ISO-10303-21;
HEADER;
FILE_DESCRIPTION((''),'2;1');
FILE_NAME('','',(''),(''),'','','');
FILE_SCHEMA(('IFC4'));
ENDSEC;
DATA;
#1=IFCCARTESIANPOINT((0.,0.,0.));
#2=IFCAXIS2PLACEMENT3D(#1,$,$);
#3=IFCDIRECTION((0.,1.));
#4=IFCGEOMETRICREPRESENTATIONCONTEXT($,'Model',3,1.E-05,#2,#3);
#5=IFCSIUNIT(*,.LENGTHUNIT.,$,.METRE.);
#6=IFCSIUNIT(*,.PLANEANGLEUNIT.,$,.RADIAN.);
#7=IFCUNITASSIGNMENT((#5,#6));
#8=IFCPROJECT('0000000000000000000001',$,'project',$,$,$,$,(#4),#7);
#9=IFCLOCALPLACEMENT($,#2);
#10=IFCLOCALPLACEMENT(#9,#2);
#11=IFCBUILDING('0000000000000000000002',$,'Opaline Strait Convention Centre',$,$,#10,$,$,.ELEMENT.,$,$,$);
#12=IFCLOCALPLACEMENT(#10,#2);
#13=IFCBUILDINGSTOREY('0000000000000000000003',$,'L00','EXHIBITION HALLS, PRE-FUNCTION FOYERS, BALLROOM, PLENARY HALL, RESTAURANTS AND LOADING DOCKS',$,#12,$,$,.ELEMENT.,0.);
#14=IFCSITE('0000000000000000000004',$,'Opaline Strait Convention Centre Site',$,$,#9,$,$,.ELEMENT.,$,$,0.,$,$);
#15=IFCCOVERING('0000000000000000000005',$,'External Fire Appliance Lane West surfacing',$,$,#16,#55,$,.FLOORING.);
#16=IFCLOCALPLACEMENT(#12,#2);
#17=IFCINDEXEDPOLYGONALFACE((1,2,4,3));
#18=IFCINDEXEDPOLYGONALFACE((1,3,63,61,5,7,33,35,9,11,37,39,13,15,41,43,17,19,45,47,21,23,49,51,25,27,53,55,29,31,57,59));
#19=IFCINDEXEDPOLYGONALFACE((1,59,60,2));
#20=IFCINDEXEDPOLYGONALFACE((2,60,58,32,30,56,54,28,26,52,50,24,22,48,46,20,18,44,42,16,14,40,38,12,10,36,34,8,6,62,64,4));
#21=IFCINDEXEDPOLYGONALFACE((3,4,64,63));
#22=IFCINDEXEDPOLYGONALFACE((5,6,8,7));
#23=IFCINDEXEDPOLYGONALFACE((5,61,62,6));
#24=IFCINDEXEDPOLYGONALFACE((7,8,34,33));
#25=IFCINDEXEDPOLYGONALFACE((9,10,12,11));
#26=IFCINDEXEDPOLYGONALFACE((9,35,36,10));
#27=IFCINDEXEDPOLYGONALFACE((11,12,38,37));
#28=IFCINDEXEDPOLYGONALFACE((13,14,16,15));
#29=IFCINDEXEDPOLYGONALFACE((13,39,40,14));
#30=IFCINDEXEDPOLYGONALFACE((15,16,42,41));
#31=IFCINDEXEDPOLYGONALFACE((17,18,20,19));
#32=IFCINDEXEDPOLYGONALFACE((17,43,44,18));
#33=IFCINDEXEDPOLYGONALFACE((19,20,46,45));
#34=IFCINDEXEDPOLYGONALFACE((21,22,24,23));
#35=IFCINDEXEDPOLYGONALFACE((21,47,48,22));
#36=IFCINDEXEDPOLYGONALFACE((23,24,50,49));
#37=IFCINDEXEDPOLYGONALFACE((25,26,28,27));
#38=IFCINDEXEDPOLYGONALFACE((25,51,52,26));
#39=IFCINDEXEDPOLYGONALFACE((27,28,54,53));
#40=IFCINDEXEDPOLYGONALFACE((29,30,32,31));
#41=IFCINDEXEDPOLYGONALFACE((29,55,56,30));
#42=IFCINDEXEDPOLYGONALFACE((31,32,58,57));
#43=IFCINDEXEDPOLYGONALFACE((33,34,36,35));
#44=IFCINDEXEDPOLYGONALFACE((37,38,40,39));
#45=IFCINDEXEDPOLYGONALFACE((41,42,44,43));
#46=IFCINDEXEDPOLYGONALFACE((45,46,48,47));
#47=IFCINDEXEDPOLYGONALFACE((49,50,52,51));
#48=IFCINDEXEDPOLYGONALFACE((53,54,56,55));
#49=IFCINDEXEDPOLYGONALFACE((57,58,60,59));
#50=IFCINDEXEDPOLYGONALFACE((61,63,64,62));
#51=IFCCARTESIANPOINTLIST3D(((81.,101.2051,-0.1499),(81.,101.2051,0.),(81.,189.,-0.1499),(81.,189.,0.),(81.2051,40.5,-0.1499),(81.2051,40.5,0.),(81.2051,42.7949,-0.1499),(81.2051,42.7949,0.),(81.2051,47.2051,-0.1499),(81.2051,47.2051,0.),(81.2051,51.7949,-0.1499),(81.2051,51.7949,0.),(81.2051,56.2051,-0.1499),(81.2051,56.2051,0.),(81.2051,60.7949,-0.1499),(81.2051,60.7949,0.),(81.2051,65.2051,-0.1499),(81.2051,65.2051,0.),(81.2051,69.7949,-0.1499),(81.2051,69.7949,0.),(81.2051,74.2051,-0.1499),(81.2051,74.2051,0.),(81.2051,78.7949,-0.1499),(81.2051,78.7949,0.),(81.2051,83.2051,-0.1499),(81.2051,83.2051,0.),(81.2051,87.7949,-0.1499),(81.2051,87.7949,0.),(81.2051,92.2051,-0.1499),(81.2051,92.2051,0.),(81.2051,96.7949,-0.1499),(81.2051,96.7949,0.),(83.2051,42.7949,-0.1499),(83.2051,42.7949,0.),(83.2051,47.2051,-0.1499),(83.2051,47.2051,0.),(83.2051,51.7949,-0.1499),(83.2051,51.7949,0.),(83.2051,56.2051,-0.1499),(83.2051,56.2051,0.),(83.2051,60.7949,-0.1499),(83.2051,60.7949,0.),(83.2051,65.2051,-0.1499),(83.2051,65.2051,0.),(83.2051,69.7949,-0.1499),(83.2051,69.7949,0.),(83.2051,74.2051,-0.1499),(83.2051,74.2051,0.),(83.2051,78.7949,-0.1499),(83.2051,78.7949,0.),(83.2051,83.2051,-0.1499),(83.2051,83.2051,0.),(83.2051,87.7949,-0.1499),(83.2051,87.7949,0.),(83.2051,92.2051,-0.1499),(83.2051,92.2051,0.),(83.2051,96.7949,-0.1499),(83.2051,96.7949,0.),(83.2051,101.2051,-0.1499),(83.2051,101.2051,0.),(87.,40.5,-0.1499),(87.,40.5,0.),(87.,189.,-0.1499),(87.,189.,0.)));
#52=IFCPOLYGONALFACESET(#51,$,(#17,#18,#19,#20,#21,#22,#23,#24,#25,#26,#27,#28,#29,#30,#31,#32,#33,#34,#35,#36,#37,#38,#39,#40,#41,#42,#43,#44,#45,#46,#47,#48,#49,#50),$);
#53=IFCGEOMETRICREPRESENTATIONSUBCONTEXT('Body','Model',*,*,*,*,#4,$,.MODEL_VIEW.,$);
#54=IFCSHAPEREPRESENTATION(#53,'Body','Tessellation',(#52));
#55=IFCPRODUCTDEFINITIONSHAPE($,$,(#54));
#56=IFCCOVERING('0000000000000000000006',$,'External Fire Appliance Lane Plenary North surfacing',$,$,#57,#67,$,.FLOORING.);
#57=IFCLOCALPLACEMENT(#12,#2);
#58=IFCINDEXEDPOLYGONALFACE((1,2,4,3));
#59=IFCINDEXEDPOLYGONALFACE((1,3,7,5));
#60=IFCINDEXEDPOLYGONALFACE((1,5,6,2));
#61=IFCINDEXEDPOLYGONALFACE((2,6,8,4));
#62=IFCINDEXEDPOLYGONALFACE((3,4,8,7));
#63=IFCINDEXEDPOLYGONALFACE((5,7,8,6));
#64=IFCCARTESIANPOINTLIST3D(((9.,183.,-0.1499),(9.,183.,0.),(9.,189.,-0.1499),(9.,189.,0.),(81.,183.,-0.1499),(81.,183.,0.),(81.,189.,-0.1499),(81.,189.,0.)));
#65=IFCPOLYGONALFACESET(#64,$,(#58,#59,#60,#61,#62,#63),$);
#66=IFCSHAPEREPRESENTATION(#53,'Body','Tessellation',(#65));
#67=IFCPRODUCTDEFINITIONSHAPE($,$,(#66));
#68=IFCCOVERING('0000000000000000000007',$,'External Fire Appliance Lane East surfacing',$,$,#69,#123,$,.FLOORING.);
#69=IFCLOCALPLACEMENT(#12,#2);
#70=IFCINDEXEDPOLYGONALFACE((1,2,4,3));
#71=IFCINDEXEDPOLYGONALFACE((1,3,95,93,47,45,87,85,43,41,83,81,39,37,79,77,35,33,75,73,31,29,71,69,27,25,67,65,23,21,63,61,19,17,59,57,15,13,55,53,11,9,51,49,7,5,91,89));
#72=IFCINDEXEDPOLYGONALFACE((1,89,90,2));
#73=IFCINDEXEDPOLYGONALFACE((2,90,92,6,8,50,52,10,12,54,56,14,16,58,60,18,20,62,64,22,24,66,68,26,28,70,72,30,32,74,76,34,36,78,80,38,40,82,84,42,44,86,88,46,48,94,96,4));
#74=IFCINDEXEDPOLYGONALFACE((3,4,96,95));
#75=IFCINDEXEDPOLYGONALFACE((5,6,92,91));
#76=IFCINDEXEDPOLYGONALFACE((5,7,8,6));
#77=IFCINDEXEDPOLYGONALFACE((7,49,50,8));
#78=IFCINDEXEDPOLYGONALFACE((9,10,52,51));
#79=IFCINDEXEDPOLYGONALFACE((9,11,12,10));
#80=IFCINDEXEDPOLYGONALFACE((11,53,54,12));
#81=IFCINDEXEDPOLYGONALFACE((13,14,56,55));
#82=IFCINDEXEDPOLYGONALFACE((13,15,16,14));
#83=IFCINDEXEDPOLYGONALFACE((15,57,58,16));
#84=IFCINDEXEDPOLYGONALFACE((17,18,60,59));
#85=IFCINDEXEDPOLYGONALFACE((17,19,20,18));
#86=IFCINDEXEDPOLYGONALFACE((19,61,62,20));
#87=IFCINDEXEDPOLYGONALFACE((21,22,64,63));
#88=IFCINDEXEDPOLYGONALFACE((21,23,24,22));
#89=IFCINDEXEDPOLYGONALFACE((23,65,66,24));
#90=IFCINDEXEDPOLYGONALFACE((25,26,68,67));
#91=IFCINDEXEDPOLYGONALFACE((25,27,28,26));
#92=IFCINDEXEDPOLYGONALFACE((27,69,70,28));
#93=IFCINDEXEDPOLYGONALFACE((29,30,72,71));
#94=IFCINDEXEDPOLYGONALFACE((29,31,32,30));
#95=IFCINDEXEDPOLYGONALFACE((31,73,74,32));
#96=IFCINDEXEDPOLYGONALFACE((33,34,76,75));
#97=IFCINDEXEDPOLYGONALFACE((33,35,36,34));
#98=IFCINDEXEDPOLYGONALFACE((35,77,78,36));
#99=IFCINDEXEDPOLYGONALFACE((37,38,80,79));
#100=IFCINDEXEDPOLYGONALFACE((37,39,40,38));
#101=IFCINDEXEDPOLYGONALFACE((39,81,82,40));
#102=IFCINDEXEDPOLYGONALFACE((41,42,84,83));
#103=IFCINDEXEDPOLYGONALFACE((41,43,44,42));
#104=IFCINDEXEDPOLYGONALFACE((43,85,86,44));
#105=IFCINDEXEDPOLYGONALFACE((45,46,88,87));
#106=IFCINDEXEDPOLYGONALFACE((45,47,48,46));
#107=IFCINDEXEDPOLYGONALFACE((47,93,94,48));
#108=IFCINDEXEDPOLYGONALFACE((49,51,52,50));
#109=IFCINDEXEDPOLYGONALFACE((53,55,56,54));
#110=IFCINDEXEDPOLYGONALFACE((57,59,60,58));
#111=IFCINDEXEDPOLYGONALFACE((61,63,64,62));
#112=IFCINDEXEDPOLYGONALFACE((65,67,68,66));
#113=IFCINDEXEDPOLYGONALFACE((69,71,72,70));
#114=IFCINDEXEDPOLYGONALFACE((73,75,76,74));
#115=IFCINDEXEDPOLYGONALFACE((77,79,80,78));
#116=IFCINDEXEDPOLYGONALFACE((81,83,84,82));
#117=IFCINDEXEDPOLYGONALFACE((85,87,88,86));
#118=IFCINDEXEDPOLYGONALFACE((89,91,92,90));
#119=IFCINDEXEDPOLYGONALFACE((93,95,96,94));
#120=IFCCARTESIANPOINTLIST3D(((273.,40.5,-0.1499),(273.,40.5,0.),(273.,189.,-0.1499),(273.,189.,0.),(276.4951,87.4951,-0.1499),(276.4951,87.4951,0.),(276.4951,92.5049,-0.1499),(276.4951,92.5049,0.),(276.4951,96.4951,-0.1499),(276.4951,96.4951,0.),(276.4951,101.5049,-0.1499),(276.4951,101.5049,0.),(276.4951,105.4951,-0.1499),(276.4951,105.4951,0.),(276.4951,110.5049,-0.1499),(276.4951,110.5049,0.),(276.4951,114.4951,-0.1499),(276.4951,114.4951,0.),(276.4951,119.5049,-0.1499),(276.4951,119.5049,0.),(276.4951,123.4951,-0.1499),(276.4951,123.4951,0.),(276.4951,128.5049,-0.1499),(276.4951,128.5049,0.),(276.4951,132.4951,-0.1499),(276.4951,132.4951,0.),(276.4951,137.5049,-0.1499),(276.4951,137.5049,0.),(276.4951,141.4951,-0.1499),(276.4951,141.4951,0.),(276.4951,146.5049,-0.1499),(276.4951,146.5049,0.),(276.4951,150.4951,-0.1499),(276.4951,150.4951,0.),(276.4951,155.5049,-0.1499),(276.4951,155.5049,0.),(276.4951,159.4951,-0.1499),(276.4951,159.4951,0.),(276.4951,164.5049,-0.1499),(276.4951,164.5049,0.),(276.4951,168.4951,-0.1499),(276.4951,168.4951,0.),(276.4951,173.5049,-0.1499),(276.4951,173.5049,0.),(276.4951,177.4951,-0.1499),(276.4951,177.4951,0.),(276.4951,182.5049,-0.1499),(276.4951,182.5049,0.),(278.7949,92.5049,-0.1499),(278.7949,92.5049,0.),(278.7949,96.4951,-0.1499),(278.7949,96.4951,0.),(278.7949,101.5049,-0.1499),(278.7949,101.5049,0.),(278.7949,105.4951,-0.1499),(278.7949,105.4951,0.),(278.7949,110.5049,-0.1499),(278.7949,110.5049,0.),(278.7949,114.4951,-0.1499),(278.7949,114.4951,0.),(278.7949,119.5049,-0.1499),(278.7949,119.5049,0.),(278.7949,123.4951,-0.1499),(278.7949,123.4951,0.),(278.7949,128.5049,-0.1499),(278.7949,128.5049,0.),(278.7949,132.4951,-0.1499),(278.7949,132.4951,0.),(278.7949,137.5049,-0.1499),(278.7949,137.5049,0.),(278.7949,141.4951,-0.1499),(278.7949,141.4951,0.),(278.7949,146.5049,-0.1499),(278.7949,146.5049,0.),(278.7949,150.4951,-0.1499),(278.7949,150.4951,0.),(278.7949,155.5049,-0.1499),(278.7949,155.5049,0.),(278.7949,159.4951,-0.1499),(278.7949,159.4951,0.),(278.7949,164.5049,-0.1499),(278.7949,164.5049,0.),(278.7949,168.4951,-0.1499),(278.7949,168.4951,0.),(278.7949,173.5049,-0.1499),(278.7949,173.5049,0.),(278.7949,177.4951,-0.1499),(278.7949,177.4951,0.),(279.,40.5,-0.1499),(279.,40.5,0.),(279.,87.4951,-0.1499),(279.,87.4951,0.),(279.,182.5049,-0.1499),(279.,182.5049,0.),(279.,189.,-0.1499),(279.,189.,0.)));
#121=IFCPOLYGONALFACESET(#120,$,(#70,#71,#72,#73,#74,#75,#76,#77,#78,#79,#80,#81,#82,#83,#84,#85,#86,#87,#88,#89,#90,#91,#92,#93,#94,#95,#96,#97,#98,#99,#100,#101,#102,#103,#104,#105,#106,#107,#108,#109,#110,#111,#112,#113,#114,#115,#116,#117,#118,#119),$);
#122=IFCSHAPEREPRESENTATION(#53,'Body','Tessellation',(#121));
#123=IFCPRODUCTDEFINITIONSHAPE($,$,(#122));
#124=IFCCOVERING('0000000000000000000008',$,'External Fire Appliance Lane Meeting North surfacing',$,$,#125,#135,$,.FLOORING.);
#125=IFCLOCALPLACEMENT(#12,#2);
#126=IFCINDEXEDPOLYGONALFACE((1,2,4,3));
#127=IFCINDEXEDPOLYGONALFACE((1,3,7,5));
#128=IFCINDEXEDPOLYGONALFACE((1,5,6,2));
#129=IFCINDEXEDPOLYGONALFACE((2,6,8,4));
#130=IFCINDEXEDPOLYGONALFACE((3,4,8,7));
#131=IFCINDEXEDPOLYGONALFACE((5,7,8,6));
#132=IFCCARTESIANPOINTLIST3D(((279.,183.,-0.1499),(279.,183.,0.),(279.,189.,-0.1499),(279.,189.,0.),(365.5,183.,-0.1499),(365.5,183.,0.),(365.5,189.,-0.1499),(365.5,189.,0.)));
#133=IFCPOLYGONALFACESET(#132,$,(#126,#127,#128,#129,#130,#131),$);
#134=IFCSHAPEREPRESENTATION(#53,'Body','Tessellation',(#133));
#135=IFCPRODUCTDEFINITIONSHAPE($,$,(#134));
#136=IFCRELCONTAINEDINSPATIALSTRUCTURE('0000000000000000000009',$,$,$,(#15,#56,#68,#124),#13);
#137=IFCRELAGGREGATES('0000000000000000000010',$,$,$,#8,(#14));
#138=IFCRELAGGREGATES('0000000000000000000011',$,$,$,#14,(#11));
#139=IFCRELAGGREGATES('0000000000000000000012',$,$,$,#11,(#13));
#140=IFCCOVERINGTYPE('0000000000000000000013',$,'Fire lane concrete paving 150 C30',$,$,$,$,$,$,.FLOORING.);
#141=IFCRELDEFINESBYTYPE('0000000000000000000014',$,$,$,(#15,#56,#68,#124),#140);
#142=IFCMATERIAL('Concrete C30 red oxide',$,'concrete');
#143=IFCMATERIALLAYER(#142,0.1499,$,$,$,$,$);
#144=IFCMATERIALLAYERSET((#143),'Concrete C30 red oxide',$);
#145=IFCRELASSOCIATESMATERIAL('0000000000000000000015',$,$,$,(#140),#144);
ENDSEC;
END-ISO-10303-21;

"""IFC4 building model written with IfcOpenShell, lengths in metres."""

from ifc_helpers import new_model, si_unit, direction, frame, origin, place, context, subcontext, project, spatial, polyline, outline, extrude, material, layer, layer_set, type_object, element, save


model = new_model("IFC4")

# Units and contexts
model_context = context("Model", 3, precision=1e-05, world=origin(), true_north=direction((0.0, 1.0)))
body_context = subcontext(model_context, "Body", "Model", "MODEL_VIEW")
ifc_project = project(units=[si_unit("LENGTHUNIT", "METRE"), si_unit("PLANEANGLEUNIT", "RADIAN")], contexts=[model_context])

# Site, building, storey
site_placement = place(None, origin())
site = spatial("IfcSite", under=ifc_project, at=site_placement, Name="Opaline Strait Convention Centre Site", CompositionType="ELEMENT", RefElevation=0.0)
building_placement = place(site_placement, origin())
building = spatial("IfcBuilding", under=site, at=building_placement, Name="Opaline Strait Convention Centre", CompositionType="ELEMENT")
storey_placement = place(building_placement, origin())
storey = spatial("IfcBuildingStorey", under=building, at=storey_placement, Name="L00", Description="EXHIBITION HALLS, PRE-FUNCTION FOYERS, BALLROOM, PLENARY HALL, RESTAURANTS AND LOADING DOCKS", CompositionType="ELEMENT", Elevation=0.0)

# Coverings
ifc_material_1 = material(Name="Concrete C30 red oxide", Category="concrete")
ifc_layer_1 = layer(ifc_material_1, 0.1499)
ifc_layer_set_1 = layer_set([ifc_layer_1], Name="Concrete C30 red oxide")
covering_type_1 = type_object("IfcCoveringType", Name="Fire lane concrete paving 150 C30", PredefinedType="FLOORING", material=ifc_layer_set_1)
covering_1_placement = place(storey_placement, frame((0.0, 0.0, -0.1499)))
element("IfcCovering", 1, at=covering_1_placement, inside=storey, type_object=covering_type_1, Name="External Fire Appliance Lane West surfacing", PredefinedType="FLOORING", context=body_context, shape_type="SweptSolid", body=[
    extrude(outline(polyline([(87.0, 189.0), (81.0, 189.0), (81.0, 101.2051), (83.2051, 101.2051), (83.2051, 96.7949), (81.2051, 96.7949), (81.2051, 92.2051), (83.2051, 92.2051), (83.2051, 87.7949), (81.2051, 87.7949), (81.2051, 83.2051), (83.2051, 83.2051), (83.2051, 78.7949), (81.2051, 78.7949), (81.2051, 74.2051), (83.2051, 74.2051), (83.2051, 69.7949), (81.2051, 69.7949), (81.2051, 65.2051), (83.2051, 65.2051), (83.2051, 60.7949), (81.2051, 60.7949), (81.2051, 56.2051), (83.2051, 56.2051), (83.2051, 51.7949), (81.2051, 51.7949), (81.2051, 47.2051), (83.2051, 47.2051), (83.2051, 42.7949), (81.2051, 42.7949), (81.2051, 40.5), (87.0, 40.5), (87.0, 189.0)])), origin(), (0.0, 0.0, 1.0), 0.1499),
])
covering_2_placement = place(storey_placement, frame((0.0, 0.0, -0.1499)))
element("IfcCovering", 2, at=covering_2_placement, inside=storey, type_object=covering_type_1, Name="External Fire Appliance Lane Plenary North surfacing", PredefinedType="FLOORING", context=body_context, shape_type="SweptSolid", body=[
    extrude(outline(polyline([(81.0, 189.0), (9.0, 189.0), (9.0, 183.0), (81.0, 183.0), (81.0, 189.0)])), origin(), (0.0, 0.0, 1.0), 0.1499),
])
covering_3_placement = place(storey_placement, frame((0.0, 0.0, -0.1499)))
element("IfcCovering", 3, at=covering_3_placement, inside=storey, type_object=covering_type_1, Name="External Fire Appliance Lane East surfacing", PredefinedType="FLOORING", context=body_context, shape_type="SweptSolid", body=[
    extrude(outline(polyline([(279.0, 189.0), (273.0, 189.0), (273.0, 40.5), (279.0, 40.5), (279.0, 87.4951), (276.4951, 87.4951), (276.4951, 92.5049), (278.7949, 92.5049), (278.7949, 96.4951), (276.4951, 96.4951), (276.4951, 101.5049), (278.7949, 101.5049), (278.7949, 105.4951), (276.4951, 105.4951), (276.4951, 110.5049), (278.7949, 110.5049), (278.7949, 114.4951), (276.4951, 114.4951), (276.4951, 119.5049), (278.7949, 119.5049), (278.7949, 123.4951), (276.4951, 123.4951), (276.4951, 128.5049), (278.7949, 128.5049), (278.7949, 132.4951), (276.4951, 132.4951), (276.4951, 137.5049), (278.7949, 137.5049), (278.7949, 141.4951), (276.4951, 141.4951), (276.4951, 146.5049), (278.7949, 146.5049), (278.7949, 150.4951), (276.4951, 150.4951), (276.4951, 155.5049), (278.7949, 155.5049), (278.7949, 159.4951), (276.4951, 159.4951), (276.4951, 164.5049), (278.7949, 164.5049), (278.7949, 168.4951), (276.4951, 168.4951), (276.4951, 173.5049), (278.7949, 173.5049), (278.7949, 177.4951), (276.4951, 177.4951), (276.4951, 182.5049), (279.0, 182.5049), (279.0, 189.0)])), origin(), (0.0, 0.0, 1.0), 0.1499),
])
covering_4_placement = place(storey_placement, frame((0.0, 0.0, -0.1499)))
element("IfcCovering", 4, at=covering_4_placement, inside=storey, type_object=covering_type_1, Name="External Fire Appliance Lane Meeting North surfacing", PredefinedType="FLOORING", context=body_context, shape_type="SweptSolid", body=[
    extrude(outline(polyline([(279.0, 189.0), (279.0, 183.0), (365.5, 183.0), (365.5, 189.0), (279.0, 189.0)])), origin(), (0.0, 0.0, 1.0), 0.1499),
])

save(model, "model.ifc")
